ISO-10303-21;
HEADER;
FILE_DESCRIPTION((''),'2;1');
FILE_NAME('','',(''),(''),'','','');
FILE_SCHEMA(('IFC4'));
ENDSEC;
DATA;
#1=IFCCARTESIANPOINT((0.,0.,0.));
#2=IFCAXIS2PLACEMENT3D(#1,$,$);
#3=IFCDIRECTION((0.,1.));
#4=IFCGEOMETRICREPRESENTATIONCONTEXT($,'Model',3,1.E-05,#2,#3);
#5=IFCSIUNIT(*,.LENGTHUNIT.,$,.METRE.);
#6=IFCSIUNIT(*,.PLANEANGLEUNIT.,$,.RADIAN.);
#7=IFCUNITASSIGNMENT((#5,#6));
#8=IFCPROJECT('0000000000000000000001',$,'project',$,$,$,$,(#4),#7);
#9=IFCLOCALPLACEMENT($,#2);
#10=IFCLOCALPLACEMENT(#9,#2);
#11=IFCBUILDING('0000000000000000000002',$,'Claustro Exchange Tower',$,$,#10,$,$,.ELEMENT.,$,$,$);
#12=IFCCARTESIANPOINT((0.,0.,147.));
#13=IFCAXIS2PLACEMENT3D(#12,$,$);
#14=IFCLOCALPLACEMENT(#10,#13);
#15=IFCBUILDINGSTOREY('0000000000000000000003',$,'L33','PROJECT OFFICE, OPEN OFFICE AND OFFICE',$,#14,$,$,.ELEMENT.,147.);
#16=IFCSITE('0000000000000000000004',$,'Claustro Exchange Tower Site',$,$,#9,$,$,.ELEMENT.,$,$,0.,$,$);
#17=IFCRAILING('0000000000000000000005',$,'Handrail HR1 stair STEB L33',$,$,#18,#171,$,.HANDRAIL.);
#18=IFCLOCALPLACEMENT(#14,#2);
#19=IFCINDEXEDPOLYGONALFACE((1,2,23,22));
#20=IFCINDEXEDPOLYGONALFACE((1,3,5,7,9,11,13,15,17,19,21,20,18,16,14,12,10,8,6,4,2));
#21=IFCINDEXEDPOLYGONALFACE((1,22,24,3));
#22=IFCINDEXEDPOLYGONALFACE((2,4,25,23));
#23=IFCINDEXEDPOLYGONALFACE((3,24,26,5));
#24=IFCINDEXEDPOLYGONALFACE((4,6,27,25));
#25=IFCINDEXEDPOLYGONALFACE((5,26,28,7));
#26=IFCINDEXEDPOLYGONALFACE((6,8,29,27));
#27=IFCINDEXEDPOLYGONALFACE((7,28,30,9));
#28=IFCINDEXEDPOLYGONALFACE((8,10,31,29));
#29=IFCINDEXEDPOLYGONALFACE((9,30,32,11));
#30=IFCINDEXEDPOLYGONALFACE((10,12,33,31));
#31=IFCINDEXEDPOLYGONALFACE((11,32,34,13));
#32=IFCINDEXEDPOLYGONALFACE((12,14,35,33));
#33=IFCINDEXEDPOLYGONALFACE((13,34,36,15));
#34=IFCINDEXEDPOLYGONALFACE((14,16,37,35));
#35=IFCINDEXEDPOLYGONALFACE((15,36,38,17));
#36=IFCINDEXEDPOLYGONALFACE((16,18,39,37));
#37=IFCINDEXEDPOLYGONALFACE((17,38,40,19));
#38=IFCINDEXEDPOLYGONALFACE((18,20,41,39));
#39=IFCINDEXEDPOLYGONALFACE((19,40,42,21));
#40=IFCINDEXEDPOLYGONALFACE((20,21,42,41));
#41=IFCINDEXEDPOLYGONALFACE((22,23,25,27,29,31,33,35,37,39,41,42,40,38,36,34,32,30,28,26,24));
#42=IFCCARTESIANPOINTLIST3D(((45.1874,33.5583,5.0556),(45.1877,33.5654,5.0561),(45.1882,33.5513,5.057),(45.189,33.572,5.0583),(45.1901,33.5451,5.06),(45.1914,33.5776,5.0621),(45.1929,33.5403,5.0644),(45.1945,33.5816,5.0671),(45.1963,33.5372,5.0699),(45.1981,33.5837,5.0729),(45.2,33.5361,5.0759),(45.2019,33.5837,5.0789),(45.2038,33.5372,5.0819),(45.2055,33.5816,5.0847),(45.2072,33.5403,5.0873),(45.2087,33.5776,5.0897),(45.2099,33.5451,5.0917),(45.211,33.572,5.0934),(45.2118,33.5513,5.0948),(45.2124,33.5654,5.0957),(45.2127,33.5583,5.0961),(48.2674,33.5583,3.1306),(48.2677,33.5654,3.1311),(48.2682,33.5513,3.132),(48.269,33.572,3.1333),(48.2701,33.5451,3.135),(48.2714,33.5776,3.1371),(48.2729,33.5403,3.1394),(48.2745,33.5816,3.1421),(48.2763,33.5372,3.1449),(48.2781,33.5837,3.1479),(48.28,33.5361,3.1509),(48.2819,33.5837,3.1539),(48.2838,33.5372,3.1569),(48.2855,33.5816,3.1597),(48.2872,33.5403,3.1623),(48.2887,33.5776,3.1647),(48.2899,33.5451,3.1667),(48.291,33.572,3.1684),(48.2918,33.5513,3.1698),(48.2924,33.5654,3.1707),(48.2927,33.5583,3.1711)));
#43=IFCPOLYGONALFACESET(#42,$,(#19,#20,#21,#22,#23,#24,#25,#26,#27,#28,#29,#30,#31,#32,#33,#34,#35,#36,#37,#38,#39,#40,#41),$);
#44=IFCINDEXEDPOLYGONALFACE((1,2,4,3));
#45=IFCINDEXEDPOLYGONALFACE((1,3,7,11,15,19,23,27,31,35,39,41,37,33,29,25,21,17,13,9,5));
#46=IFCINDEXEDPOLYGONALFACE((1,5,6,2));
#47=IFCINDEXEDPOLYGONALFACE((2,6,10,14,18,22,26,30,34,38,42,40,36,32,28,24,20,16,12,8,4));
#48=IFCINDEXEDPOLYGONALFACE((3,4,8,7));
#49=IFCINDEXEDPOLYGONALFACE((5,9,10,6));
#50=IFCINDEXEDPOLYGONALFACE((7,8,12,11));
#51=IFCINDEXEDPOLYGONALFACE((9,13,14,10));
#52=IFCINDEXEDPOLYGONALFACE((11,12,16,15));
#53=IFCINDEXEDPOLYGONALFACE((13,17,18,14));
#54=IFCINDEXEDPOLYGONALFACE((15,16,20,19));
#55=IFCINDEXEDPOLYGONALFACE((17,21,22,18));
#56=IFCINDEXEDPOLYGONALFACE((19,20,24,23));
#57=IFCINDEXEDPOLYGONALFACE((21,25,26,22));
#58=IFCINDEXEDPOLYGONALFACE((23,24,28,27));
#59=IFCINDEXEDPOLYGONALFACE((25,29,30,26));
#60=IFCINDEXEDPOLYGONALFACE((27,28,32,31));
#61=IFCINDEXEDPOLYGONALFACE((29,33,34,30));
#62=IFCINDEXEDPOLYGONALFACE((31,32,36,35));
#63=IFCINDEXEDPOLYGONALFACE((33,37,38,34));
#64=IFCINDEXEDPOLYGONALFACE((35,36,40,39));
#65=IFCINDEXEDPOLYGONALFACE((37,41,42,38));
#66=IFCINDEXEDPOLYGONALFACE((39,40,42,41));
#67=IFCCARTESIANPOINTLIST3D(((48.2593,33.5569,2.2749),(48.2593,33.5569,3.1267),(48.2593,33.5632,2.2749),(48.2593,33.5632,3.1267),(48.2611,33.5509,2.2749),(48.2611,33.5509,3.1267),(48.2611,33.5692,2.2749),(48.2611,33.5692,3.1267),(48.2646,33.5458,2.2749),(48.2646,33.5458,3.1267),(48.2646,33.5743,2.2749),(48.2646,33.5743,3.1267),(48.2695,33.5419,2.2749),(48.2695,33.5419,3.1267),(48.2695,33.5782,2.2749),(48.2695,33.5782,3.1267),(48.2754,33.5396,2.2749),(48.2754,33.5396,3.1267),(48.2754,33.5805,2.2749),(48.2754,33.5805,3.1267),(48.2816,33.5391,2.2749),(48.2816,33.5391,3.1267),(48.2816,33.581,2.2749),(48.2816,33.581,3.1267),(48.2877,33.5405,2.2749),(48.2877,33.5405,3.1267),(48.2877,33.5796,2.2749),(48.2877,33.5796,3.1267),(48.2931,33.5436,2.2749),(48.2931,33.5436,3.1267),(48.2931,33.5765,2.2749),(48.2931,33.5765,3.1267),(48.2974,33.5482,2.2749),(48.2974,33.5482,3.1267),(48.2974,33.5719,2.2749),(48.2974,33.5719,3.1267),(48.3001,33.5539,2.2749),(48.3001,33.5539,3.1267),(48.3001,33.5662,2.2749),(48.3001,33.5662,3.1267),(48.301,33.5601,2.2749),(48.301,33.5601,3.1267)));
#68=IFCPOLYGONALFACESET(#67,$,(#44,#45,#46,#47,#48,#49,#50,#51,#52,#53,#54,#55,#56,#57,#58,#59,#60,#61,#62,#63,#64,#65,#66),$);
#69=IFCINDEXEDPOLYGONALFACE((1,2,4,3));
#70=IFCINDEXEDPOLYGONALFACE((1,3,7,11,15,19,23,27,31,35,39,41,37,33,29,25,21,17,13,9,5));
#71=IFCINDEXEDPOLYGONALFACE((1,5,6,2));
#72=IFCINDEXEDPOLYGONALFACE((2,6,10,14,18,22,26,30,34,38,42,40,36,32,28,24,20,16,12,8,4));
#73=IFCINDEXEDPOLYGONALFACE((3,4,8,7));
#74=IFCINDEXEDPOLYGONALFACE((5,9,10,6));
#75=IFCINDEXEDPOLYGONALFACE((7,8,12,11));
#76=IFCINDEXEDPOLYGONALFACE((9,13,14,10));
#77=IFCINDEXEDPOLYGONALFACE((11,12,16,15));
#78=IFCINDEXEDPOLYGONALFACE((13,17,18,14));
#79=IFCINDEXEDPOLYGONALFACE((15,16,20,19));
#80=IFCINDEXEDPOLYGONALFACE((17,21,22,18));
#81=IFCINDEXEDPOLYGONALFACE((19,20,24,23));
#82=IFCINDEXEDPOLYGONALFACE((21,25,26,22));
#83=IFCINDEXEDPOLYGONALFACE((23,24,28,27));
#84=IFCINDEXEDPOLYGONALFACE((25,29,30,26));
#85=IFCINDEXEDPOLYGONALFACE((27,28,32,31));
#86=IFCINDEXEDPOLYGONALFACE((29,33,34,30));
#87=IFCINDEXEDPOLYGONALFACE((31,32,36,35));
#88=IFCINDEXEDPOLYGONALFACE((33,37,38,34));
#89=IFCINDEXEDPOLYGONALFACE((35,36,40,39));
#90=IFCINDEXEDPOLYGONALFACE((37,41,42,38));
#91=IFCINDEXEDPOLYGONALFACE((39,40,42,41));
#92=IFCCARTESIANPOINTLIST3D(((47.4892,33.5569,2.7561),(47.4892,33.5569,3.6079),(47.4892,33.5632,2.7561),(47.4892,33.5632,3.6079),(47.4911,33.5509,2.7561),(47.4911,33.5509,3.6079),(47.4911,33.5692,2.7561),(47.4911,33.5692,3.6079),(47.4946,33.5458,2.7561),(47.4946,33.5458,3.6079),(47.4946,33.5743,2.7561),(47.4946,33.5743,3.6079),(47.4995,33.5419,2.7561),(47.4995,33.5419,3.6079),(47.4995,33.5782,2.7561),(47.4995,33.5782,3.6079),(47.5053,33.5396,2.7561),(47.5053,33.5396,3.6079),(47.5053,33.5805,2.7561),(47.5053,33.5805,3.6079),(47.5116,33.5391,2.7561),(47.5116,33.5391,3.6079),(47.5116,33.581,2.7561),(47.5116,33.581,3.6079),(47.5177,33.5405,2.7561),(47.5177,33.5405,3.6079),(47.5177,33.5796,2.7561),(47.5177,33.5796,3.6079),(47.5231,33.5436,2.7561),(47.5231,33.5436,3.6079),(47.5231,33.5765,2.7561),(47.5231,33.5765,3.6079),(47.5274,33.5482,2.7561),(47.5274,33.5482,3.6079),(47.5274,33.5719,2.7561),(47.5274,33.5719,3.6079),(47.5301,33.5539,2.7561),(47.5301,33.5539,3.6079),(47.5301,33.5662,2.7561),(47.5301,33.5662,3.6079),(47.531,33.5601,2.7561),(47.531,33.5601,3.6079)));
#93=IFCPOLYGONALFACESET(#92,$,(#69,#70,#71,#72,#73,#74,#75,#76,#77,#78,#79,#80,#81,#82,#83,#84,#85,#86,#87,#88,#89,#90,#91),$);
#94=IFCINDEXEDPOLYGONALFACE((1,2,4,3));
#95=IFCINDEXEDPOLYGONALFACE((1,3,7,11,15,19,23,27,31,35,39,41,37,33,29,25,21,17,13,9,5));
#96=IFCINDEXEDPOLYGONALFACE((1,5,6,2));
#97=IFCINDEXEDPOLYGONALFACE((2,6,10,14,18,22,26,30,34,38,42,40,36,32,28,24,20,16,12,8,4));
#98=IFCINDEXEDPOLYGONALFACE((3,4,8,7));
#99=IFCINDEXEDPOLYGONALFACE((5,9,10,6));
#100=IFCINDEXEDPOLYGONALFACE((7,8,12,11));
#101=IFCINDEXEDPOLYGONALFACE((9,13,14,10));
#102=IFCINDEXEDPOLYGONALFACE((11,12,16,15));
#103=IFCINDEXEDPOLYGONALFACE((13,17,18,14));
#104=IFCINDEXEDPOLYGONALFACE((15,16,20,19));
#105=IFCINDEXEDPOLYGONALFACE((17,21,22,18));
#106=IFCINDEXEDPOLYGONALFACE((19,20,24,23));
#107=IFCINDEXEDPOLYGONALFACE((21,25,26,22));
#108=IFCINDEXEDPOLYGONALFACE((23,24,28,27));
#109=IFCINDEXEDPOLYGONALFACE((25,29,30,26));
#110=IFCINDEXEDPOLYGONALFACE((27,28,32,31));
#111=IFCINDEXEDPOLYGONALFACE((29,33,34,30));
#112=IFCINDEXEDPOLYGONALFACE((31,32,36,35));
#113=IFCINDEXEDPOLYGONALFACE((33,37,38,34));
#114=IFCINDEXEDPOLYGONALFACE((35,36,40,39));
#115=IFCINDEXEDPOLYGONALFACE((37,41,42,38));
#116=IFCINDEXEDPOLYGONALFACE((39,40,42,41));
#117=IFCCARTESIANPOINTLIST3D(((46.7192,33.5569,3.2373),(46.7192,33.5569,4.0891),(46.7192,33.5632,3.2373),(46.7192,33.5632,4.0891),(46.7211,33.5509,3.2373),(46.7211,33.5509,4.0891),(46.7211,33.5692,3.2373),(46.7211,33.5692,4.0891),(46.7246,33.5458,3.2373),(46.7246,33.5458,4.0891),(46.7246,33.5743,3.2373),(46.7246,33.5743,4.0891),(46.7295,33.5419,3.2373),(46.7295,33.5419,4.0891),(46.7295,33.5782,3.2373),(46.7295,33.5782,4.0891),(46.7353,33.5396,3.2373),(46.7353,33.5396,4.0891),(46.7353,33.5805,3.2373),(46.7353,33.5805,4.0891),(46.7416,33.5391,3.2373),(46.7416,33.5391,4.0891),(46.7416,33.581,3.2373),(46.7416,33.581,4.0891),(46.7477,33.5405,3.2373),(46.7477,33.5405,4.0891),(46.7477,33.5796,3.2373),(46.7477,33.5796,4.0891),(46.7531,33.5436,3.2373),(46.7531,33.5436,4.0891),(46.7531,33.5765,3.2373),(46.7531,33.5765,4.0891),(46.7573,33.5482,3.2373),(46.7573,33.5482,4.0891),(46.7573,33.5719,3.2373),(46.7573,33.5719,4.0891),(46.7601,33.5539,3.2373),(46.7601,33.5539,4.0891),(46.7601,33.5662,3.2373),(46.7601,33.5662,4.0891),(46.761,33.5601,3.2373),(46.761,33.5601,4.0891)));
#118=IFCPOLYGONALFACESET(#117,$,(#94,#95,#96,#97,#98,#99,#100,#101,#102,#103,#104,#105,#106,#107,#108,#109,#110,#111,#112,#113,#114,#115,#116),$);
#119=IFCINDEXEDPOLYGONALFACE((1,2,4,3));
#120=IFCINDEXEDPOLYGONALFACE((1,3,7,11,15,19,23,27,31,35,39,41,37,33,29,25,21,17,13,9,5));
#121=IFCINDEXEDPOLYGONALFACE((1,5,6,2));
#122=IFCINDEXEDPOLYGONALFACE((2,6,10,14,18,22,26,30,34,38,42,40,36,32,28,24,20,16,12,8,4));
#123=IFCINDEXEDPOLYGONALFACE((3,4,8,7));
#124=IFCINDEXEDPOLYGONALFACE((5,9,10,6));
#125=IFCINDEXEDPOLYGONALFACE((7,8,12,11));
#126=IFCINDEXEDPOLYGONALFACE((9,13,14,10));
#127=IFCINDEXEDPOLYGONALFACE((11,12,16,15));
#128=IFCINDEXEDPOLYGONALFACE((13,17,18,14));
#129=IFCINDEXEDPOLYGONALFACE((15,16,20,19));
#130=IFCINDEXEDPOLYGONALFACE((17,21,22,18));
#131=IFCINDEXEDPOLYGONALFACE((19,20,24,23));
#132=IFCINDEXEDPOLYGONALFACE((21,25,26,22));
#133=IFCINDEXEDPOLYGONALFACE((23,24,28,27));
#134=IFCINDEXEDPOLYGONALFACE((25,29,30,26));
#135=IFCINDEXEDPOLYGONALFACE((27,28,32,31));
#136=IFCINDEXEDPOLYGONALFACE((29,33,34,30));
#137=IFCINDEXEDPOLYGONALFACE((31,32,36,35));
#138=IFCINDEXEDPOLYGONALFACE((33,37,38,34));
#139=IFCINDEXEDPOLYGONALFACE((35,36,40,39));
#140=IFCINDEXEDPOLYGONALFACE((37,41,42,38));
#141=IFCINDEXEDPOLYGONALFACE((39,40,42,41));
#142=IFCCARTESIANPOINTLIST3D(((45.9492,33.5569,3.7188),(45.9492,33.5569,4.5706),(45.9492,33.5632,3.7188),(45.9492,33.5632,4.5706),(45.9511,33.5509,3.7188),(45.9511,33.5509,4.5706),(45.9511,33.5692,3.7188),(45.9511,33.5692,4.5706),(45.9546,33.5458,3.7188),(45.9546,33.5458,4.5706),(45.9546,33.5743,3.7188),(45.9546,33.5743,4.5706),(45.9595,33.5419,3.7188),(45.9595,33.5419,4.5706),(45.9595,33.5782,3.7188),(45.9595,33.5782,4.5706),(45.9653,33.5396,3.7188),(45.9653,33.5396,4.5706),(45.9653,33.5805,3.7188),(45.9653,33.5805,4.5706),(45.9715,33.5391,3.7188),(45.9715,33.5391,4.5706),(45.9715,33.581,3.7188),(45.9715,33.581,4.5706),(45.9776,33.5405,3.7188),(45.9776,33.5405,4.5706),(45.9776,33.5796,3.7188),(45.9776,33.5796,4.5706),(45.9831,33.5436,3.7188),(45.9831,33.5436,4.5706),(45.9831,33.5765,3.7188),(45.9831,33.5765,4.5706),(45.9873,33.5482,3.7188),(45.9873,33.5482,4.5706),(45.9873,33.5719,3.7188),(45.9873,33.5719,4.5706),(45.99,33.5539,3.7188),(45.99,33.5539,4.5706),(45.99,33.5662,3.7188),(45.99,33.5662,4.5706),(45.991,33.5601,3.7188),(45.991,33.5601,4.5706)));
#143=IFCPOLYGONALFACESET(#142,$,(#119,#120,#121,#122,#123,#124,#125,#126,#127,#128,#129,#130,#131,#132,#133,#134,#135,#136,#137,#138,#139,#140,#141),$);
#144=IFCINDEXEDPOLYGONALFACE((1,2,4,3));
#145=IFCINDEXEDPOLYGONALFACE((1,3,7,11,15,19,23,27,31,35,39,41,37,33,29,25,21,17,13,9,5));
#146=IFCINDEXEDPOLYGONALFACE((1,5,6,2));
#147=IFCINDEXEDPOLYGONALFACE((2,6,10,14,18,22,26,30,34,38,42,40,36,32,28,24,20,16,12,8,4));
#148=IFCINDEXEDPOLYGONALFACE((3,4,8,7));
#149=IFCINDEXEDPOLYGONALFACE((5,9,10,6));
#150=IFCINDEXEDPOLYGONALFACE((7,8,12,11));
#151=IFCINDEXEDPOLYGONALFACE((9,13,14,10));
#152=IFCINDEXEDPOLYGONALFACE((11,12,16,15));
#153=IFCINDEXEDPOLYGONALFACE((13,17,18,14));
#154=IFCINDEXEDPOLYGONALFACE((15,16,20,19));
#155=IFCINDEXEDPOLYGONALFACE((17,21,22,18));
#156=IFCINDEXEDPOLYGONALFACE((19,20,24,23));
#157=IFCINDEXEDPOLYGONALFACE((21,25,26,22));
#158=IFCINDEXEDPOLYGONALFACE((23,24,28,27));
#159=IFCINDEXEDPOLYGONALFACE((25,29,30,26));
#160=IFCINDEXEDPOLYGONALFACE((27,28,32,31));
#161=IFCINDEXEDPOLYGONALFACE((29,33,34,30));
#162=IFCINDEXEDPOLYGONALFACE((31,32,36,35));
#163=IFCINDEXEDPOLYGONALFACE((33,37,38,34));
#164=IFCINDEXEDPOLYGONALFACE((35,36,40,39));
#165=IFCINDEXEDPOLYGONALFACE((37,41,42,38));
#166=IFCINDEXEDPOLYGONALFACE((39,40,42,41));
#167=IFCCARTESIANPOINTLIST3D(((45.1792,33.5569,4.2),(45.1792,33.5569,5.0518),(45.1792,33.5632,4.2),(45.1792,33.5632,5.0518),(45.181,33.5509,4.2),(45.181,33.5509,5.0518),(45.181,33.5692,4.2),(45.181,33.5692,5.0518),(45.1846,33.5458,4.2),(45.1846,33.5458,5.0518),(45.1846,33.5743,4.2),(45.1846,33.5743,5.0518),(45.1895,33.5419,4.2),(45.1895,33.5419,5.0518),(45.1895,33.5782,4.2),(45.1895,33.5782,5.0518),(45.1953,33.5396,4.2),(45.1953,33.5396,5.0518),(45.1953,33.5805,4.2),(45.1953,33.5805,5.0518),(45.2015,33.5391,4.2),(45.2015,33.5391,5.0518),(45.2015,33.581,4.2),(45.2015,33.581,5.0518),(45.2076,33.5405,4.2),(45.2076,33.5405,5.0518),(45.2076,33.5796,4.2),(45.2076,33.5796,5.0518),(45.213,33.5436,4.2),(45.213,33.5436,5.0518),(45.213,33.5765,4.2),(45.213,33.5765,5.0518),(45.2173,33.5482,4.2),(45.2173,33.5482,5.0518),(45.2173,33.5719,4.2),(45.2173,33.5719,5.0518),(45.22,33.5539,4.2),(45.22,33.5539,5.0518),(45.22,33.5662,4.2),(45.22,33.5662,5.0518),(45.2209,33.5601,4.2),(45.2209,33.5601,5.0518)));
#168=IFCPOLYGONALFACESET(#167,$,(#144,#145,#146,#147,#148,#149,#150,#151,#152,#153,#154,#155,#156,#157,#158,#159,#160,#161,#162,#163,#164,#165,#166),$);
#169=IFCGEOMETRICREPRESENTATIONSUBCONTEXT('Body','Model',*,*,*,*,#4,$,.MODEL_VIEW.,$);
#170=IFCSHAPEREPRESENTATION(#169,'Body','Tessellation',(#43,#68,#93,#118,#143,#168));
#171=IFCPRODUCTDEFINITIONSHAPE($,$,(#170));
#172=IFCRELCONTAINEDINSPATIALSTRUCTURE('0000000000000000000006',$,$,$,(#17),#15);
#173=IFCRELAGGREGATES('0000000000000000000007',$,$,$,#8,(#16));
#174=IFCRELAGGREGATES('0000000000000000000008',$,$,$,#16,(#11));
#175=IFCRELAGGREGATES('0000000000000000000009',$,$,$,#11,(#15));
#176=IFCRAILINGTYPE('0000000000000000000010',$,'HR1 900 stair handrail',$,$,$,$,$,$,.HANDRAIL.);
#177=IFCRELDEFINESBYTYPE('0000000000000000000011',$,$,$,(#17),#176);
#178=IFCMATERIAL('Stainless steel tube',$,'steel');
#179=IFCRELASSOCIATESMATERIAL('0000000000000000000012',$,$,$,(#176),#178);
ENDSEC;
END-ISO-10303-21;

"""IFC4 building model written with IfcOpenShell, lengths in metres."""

from ifc_helpers import new_model, si_unit, direction, frame, origin, origin_2d, place, context, subcontext, project, spatial, circle, extrude, material, type_object, element, save


model = new_model("IFC4")

# Units and contexts
model_context = context("Model", 3, precision=1e-05, world=origin(), true_north=direction((0.0, 1.0)))
body_context = subcontext(model_context, "Body", "Model", "MODEL_VIEW")
ifc_project = project(units=[si_unit("LENGTHUNIT", "METRE"), si_unit("PLANEANGLEUNIT", "RADIAN")], contexts=[model_context])

# Site, building, storey
site_placement = place(None, origin())
site = spatial("IfcSite", under=ifc_project, at=site_placement, Name="Claustro Exchange Tower Site", CompositionType="ELEMENT", RefElevation=0.0)
building_placement = place(site_placement, origin())
building = spatial("IfcBuilding", under=site, at=building_placement, Name="Claustro Exchange Tower", CompositionType="ELEMENT")
storey_placement = place(building_placement, frame((0.0, 0.0, 147.0)))
storey = spatial("IfcBuildingStorey", under=building, at=storey_placement, Name="L33", Description="PROJECT OFFICE, OPEN OFFICE AND OFFICE", CompositionType="ELEMENT", Elevation=147.0)

# Railing
ifc_material_1 = material(Name="Stainless steel tube", Category="steel")
railing_type_1 = type_object("IfcRailingType", Name="HR1 900 stair handrail", PredefinedType="HANDRAIL", material=ifc_material_1)
railing_1_placement = place(storey_placement, frame((48.28, 33.5601, 2.2749)))
element("IfcRailing", 1, at=railing_1_placement, inside=storey, type_object=railing_type_1, Name="Handrail HR1 stair STEB L33", PredefinedType="HANDRAIL", context=body_context, shape_type="SweptSolid", body=[
    extrude(circle(Radius=0.0239, at=origin_2d()), frame((0.0, 0.0, 0.876), z_axis=(-0.847998, 0.0, 0.529999), x_axis=(0.0, -1.0, 0.0)), (0.0, 0.0, 1.0), 3.6321),
    extrude(circle(Radius=0.021, at=origin_2d()), origin(), (0.0, 0.0, 1.0), 0.8518),
    extrude(circle(Radius=0.021, at=origin_2d()), frame((-0.77, 0.0, 0.4812)), (0.0, 0.0, 1.0), 0.8518),
    extrude(circle(Radius=0.021, at=origin_2d()), frame((-1.54, 0.0, 0.9624)), (0.0, 0.0, 1.0), 0.8518),
    extrude(circle(Radius=0.021, at=origin_2d()), frame((-2.3101, 0.0, 1.4438)), (0.0, 0.0, 1.0), 0.8518),
    extrude(circle(Radius=0.021, at=origin_2d()), frame((-3.0801, 0.0, 1.925)), (0.0, 0.0, 1.0), 0.8518),
])

save(model, "model.ifc")
